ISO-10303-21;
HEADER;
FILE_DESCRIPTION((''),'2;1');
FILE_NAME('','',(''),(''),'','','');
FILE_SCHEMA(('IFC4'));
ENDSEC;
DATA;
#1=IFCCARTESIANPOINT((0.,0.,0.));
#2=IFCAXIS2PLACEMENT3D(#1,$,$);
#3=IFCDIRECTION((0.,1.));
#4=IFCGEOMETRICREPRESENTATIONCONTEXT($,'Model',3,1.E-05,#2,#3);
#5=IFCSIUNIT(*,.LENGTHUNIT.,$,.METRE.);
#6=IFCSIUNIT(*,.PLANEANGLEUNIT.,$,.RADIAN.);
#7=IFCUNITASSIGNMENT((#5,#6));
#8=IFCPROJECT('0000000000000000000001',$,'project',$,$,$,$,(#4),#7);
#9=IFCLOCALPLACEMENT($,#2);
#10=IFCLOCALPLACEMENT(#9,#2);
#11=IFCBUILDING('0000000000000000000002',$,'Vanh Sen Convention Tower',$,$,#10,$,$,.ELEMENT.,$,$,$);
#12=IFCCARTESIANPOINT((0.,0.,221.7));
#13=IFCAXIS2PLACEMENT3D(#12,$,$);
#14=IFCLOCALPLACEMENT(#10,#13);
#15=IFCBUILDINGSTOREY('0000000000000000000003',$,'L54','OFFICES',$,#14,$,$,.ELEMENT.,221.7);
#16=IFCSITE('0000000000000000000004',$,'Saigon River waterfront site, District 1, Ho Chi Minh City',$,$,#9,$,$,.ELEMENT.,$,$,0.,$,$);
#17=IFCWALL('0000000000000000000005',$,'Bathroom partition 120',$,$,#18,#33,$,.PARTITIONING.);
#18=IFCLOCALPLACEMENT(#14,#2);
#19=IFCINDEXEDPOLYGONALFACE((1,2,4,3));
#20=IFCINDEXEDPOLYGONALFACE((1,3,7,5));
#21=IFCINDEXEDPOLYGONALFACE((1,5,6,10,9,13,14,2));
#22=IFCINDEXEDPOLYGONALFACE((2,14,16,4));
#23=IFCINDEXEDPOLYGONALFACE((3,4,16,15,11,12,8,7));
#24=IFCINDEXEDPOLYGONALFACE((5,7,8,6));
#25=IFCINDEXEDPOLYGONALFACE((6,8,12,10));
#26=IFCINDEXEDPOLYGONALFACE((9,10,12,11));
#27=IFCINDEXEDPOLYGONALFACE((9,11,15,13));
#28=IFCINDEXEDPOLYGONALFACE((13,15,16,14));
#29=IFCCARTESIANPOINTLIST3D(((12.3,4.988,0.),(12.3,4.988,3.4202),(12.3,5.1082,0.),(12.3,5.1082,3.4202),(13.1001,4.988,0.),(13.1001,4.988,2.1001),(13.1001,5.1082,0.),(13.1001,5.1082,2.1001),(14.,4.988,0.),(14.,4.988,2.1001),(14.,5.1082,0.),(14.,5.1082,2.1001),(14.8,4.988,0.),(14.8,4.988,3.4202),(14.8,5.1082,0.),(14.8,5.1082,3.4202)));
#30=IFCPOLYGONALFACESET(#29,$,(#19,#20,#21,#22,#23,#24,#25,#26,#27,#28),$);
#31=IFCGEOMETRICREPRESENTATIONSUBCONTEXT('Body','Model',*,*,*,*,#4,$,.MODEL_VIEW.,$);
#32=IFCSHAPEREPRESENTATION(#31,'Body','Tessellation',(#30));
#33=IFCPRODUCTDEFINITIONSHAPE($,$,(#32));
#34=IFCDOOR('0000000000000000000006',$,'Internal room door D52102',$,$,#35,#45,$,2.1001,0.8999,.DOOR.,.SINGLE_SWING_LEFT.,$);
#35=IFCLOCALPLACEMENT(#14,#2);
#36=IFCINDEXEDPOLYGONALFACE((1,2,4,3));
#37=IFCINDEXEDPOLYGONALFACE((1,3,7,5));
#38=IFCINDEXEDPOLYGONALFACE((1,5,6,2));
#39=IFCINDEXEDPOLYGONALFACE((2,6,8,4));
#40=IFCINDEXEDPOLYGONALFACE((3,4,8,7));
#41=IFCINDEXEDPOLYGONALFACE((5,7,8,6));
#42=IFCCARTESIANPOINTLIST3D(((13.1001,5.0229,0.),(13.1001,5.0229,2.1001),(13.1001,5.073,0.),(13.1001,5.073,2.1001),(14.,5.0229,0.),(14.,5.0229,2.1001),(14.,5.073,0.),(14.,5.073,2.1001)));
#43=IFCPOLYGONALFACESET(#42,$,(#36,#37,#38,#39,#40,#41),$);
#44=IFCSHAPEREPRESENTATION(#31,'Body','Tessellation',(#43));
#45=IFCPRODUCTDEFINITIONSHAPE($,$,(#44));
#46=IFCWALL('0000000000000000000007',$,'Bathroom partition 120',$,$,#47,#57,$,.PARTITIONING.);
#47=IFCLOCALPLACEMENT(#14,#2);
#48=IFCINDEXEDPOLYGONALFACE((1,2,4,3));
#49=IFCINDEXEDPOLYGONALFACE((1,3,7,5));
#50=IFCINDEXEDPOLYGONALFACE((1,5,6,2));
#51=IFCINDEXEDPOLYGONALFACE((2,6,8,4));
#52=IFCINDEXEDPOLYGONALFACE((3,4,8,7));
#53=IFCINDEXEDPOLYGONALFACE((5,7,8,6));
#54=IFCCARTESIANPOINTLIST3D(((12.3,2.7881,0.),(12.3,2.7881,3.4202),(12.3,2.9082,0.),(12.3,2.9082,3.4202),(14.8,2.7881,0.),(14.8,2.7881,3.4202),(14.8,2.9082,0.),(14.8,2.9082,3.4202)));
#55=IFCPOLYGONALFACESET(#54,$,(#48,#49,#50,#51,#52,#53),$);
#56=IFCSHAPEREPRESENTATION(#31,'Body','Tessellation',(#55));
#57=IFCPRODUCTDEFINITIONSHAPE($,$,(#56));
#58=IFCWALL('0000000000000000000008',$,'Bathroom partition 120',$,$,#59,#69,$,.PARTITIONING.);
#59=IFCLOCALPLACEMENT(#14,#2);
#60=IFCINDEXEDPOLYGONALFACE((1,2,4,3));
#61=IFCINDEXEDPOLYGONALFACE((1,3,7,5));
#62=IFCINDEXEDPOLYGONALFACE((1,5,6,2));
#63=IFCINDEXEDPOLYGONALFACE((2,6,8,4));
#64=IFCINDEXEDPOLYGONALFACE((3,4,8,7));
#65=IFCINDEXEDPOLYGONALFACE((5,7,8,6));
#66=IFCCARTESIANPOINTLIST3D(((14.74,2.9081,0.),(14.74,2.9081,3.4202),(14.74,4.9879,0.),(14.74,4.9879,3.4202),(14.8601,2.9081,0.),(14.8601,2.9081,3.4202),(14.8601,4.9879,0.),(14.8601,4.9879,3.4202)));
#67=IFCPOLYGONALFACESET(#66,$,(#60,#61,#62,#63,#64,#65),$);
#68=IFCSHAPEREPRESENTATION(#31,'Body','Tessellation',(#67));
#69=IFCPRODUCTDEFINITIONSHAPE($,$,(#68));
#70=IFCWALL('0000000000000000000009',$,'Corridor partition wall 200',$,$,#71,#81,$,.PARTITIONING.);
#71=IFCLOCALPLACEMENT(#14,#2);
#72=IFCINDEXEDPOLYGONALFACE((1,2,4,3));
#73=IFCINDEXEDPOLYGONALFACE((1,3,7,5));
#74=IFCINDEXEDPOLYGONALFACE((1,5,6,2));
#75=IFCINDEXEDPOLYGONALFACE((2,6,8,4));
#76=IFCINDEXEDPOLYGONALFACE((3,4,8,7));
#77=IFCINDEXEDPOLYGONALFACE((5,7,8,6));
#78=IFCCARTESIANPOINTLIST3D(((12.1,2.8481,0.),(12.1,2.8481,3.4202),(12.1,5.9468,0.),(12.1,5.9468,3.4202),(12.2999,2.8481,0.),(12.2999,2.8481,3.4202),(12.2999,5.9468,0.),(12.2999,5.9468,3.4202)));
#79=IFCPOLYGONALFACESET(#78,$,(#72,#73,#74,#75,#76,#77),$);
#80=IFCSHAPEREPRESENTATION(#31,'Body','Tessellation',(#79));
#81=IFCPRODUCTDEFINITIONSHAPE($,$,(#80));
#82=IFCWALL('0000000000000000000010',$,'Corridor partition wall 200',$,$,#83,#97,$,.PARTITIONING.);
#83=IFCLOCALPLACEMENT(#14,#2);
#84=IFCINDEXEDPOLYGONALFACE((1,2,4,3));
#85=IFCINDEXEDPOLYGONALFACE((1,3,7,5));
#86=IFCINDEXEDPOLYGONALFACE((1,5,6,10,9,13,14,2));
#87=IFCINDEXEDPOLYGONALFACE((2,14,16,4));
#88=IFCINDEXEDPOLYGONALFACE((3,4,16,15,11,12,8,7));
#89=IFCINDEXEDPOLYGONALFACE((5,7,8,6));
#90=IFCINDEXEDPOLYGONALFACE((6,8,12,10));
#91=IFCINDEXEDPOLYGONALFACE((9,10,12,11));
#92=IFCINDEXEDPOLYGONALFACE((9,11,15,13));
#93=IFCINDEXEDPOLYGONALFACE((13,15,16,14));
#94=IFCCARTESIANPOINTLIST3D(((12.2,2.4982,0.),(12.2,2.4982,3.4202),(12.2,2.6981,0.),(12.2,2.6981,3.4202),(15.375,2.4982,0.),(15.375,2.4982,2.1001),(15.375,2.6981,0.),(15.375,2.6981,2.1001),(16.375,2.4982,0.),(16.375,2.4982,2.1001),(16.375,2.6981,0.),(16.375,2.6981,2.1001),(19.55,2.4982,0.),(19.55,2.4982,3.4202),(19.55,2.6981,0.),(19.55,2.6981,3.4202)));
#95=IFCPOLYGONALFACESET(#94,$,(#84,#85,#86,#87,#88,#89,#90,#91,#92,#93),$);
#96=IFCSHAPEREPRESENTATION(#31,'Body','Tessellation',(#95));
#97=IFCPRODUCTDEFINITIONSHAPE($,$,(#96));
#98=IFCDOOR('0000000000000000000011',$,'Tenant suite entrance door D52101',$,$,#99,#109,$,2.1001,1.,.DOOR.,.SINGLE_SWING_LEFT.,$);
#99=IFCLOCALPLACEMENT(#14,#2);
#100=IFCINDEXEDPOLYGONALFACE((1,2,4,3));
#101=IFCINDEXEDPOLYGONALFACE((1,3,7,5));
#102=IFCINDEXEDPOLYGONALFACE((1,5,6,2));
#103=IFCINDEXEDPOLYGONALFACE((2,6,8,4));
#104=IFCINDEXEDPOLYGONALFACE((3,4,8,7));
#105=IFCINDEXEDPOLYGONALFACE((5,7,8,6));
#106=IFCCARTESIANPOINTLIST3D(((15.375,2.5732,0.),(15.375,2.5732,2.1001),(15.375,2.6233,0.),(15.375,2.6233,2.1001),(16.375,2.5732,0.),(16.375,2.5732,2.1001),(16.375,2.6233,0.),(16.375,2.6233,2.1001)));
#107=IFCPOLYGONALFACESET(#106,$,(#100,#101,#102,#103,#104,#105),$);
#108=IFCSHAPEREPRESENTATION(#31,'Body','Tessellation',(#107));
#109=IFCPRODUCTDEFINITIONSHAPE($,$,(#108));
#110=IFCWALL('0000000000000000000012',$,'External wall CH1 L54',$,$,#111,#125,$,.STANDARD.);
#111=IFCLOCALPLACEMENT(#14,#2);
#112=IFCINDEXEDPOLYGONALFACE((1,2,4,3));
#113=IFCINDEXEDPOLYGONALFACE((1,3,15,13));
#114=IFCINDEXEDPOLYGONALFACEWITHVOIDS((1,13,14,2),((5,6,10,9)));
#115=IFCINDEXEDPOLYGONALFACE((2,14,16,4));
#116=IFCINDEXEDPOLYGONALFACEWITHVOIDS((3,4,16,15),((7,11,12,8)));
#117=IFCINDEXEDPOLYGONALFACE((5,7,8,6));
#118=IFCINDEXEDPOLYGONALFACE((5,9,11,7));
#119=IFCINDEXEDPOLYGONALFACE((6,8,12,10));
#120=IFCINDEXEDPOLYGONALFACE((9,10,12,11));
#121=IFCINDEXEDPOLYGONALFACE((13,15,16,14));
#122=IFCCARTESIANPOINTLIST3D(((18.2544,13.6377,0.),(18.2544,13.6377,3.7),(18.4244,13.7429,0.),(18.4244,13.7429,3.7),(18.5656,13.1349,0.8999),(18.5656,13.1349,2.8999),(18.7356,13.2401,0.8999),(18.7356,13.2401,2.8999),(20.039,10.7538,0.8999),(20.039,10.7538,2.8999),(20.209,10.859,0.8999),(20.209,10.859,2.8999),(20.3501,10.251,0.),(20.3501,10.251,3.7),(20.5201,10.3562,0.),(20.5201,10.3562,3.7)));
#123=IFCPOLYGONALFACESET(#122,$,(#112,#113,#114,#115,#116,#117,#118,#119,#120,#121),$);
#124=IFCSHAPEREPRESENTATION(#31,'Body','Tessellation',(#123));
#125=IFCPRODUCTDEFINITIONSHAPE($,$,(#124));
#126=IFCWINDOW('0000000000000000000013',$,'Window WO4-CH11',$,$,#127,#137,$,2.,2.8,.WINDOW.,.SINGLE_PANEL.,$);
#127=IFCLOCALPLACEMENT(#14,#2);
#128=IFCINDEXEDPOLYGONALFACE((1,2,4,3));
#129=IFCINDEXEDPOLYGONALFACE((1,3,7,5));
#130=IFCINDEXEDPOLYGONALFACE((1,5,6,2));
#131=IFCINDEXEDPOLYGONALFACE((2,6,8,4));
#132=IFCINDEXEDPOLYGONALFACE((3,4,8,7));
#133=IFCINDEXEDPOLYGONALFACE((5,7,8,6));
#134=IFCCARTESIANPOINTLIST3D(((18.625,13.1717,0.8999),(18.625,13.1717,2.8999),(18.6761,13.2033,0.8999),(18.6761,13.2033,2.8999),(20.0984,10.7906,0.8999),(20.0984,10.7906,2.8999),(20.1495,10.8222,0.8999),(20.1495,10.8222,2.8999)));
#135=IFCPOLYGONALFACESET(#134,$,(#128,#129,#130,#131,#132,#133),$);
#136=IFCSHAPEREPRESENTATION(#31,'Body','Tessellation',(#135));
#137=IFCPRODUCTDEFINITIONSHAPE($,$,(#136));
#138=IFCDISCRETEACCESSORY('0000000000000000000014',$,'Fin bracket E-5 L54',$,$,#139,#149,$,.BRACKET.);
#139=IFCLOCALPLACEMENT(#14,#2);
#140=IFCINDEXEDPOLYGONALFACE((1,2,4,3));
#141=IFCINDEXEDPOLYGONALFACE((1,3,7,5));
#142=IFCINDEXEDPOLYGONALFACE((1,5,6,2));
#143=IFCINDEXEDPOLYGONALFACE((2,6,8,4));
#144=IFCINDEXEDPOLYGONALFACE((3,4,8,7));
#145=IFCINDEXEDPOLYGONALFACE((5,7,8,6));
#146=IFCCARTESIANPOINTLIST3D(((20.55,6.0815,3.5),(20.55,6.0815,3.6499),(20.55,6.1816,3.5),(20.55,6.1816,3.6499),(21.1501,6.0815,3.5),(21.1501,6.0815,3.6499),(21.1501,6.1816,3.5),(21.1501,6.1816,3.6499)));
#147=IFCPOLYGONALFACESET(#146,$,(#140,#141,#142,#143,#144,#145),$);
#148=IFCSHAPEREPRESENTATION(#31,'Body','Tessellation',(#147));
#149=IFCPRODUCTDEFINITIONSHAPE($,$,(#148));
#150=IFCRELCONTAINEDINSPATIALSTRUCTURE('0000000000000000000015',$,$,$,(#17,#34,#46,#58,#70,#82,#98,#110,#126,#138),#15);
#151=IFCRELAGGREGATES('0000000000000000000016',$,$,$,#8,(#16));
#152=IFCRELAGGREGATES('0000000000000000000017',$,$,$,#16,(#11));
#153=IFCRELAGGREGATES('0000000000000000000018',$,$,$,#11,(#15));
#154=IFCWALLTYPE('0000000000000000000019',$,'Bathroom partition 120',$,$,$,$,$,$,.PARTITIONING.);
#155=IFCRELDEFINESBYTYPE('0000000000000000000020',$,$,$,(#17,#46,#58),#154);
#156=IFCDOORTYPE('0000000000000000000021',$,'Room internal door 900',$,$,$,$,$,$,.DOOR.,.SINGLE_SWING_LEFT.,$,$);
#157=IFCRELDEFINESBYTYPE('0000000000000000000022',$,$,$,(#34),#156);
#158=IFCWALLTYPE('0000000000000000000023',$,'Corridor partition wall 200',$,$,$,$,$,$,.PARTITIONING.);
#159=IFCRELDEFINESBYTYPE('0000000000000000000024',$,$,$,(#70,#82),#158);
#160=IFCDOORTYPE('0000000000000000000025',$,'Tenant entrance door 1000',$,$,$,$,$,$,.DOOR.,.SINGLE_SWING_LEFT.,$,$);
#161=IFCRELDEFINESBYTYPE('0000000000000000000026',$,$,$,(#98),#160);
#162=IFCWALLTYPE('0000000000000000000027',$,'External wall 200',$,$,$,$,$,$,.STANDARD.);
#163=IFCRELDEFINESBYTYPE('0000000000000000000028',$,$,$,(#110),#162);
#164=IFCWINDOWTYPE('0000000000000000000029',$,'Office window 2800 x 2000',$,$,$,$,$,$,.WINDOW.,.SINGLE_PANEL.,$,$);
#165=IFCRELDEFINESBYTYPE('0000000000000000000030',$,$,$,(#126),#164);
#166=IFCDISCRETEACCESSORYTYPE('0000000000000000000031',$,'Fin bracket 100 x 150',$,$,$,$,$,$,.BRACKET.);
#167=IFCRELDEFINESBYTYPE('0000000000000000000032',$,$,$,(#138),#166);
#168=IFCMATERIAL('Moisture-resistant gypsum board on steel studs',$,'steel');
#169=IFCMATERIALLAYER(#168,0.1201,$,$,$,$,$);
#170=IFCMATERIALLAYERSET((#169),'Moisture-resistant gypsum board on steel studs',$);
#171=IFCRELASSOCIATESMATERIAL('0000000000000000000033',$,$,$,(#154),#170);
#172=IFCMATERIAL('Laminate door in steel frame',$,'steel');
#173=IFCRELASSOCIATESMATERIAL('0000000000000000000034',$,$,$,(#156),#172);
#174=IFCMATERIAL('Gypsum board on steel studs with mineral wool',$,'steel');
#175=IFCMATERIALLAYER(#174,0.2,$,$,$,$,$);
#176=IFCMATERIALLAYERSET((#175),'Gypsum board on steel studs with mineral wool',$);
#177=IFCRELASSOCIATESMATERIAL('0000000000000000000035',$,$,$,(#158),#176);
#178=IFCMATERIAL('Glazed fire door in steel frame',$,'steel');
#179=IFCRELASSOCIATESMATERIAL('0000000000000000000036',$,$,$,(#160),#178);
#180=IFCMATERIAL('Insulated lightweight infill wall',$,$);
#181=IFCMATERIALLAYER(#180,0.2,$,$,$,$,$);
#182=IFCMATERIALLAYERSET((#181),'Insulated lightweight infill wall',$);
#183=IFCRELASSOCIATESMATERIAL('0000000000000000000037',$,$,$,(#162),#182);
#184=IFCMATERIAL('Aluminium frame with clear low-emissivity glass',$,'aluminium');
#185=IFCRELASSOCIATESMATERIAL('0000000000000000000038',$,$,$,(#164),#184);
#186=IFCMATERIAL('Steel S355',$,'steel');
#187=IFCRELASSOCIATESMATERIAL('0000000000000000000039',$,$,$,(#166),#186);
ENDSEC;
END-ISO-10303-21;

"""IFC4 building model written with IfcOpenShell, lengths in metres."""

from ifc_helpers import new_model, si_unit, direction, frame, frame_2d, origin, origin_2d, place, context, subcontext, project, spatial, rectangle, extrude, material, layer, layer_set, type_object, element, fill, save


model = new_model("IFC4")

# Units and contexts
model_context = context("Model", 3, precision=1e-05, world=origin(), true_north=direction((0.0, 1.0)))
body_context = subcontext(model_context, "Body", "Model", "MODEL_VIEW")
ifc_project = project(units=[si_unit("LENGTHUNIT", "METRE"), si_unit("PLANEANGLEUNIT", "RADIAN")], contexts=[model_context])

# Site, building, storey
site_placement = place(None, origin())
site = spatial("IfcSite", under=ifc_project, at=site_placement, Name="Saigon River waterfront site, District 1, Ho Chi Minh City", CompositionType="ELEMENT", RefElevation=0.0)
building_placement = place(site_placement, origin())
building = spatial("IfcBuilding", under=site, at=building_placement, Name="Vanh Sen Convention Tower", CompositionType="ELEMENT")
storey_placement = place(building_placement, frame((0.0, 0.0, 221.7)))
storey = spatial("IfcBuildingStorey", under=building, at=storey_placement, Name="L54", Description="OFFICES", CompositionType="ELEMENT", Elevation=221.7)

# Wall, opening, door
ifc_material_1 = material(Name="Moisture-resistant gypsum board on steel studs", Category="steel")
ifc_layer_1 = layer(ifc_material_1, 0.1201)
ifc_layer_set_1 = layer_set([ifc_layer_1], Name="Moisture-resistant gypsum board on steel studs")
wall_type_1 = type_object("IfcWallType", Name="Bathroom partition 120", PredefinedType="PARTITIONING", material=ifc_layer_set_1)
wall_1_placement = place(storey_placement, frame((12.3, 5.0481, 0.0), z_axis=(0.0, 0.0, 1.0), x_axis=(1.0, 0.0, 0.0)))
wall_1 = element("IfcWall", 1, at=wall_1_placement, inside=storey, type_object=wall_type_1, Name="Bathroom partition 120", PredefinedType="PARTITIONING", context=body_context, shape_type="SweptSolid", body=[
    extrude(rectangle(XDim=2.5, YDim=0.1201, at=frame_2d((1.25, 0.0))), origin(), (0.0, 0.0, 1.0), 3.4202),
])
opening_1_placement = place(wall_1_placement, frame((0.8, 0.0, 0.0)))
opening_1 = element("IfcOpeningElement", 2, at=opening_1_placement, cuts=wall_1, PredefinedType="OPENING", context=body_context, shape_type="SweptSolid", body=[
    extrude(rectangle(XDim=0.8999, YDim=2.1001, at=frame_2d((0.45, 1.05))), frame((0.0, 0.0701, 0.0), z_axis=(0.0, -1.0, 0.0), x_axis=(1.0, 0.0, 0.0)), (0.0, 0.0, 1.0), 0.1401),
])
ifc_material_2 = material(Name="Laminate door in steel frame", Category="steel")
door_type_1 = type_object("IfcDoorType", Name="Room internal door 900", OperationType="SINGLE_SWING_LEFT", PredefinedType="DOOR", material=ifc_material_2)
door_1_placement = place(opening_1_placement, origin())
door_1 = element("IfcDoor", 3, at=door_1_placement, inside=storey, type_object=door_type_1, Name="Internal room door D52102", OperationType="SINGLE_SWING_LEFT", OverallHeight=2.1001, OverallWidth=0.8999, PredefinedType="DOOR", context=body_context, shape_type="SweptSolid", body=[
    extrude(rectangle(XDim=0.8999, YDim=2.1001, at=frame_2d((0.45, 1.05))), frame((0.0, 0.0249, 0.0), z_axis=(0.0, -1.0, 0.0), x_axis=(1.0, 0.0, 0.0)), (0.0, 0.0, 1.0), 0.05),
])
fill(opening_1, door_1)

# Walls
wall_2_placement = place(storey_placement, frame((14.8, 2.8481, 0.0), z_axis=(0.0, 0.0, 1.0), x_axis=(-1.0, 0.0, 0.0)))
element("IfcWall", 4, at=wall_2_placement, inside=storey, type_object=wall_type_1, Name="Bathroom partition 120", PredefinedType="PARTITIONING", context=body_context, shape_type="SweptSolid", body=[
    extrude(rectangle(XDim=2.5, YDim=0.1201, at=frame_2d((1.25, 0.0))), origin(), (0.0, 0.0, 1.0), 3.4202),
])
wall_3_placement = place(storey_placement, frame((14.8, 4.988, 0.0), z_axis=(0.0, 0.0, 1.0), x_axis=(0.0, -1.0, 0.0)))
element("IfcWall", 5, at=wall_3_placement, inside=storey, type_object=wall_type_1, Name="Bathroom partition 120", PredefinedType="PARTITIONING", context=body_context, shape_type="SweptSolid", body=[
    extrude(rectangle(XDim=2.0798, YDim=0.1201, at=frame_2d((1.04, 0.0))), origin(), (0.0, 0.0, 1.0), 3.4202),
])
ifc_material_3 = material(Name="Gypsum board on steel studs with mineral wool", Category="steel")
ifc_layer_2 = layer(ifc_material_3, 0.2)
ifc_layer_set_2 = layer_set([ifc_layer_2], Name="Gypsum board on steel studs with mineral wool")
wall_type_2 = type_object("IfcWallType", Name="Corridor partition wall 200", PredefinedType="PARTITIONING", material=ifc_layer_set_2)
wall_4_placement = place(storey_placement, frame((12.2, 2.8481, 0.0), z_axis=(0.0, 0.0, 1.0), x_axis=(0.0, 1.0, 0.0)))
element("IfcWall", 6, at=wall_4_placement, inside=storey, type_object=wall_type_2, Name="Corridor partition wall 200", PredefinedType="PARTITIONING", context=body_context, shape_type="SweptSolid", body=[
    extrude(rectangle(XDim=3.0986, YDim=0.2, at=frame_2d((1.5493, 0.0))), origin(), (0.0, 0.0, 1.0), 3.4202),
])

# Wall, opening, door
wall_5_placement = place(storey_placement, frame((19.55, 2.5981, 0.0), z_axis=(0.0, 0.0, 1.0), x_axis=(-1.0, 0.0, 0.0)))
wall_5 = element("IfcWall", 7, at=wall_5_placement, inside=storey, type_object=wall_type_2, Name="Corridor partition wall 200", PredefinedType="PARTITIONING", context=body_context, shape_type="SweptSolid", body=[
    extrude(rectangle(XDim=7.3501, YDim=0.2, at=frame_2d((3.675, 0.0))), origin(), (0.0, 0.0, 1.0), 3.4202),
])
opening_2_placement = place(wall_5_placement, frame((3.175, 0.0, 0.0)))
opening_2 = element("IfcOpeningElement", 8, at=opening_2_placement, cuts=wall_5, PredefinedType="OPENING", context=body_context, shape_type="SweptSolid", body=[
    extrude(rectangle(XDim=1.0, YDim=2.1001, at=frame_2d((0.5, 1.05))), frame((0.0, 0.1099, 0.0), z_axis=(0.0, -1.0, 0.0), x_axis=(1.0, 0.0, 0.0)), (0.0, 0.0, 1.0), 0.22),
])
ifc_material_4 = material(Name="Glazed fire door in steel frame", Category="steel")
door_type_2 = type_object("IfcDoorType", Name="Tenant entrance door 1000", OperationType="SINGLE_SWING_LEFT", PredefinedType="DOOR", material=ifc_material_4)
door_2_placement = place(opening_2_placement, origin())
door_2 = element("IfcDoor", 9, at=door_2_placement, inside=storey, type_object=door_type_2, Name="Tenant suite entrance door D52101", OperationType="SINGLE_SWING_LEFT", OverallHeight=2.1001, OverallWidth=1.0, PredefinedType="DOOR", context=body_context, shape_type="SweptSolid", body=[
    extrude(rectangle(XDim=1.0, YDim=2.1001, at=frame_2d((0.5, 1.05))), frame((0.0, 0.0249, 0.0), z_axis=(0.0, -1.0, 0.0), x_axis=(1.0, 0.0, 0.0)), (0.0, 0.0, 1.0), 0.05),
])
fill(opening_2, door_2)

# Wall, opening, window
ifc_material_5 = material(Name="Insulated lightweight infill wall")
ifc_layer_3 = layer(ifc_material_5, 0.2)
ifc_layer_set_3 = layer_set([ifc_layer_3], Name="Insulated lightweight infill wall")
wall_type_3 = type_object("IfcWallType", Name="External wall 200", PredefinedType="STANDARD", material=ifc_layer_set_3)
wall_6_placement = place(storey_placement, frame((20.4351, 10.3037, 0.0), z_axis=(0.0, 0.0, 1.0), x_axis=(-0.526203, 0.850359, 0.0)))
wall_6 = element("IfcWall", 10, at=wall_6_placement, inside=storey, type_object=wall_type_3, Name="External wall CH1 L54", PredefinedType="STANDARD", context=body_context, shape_type="SweptSolid", body=[
    extrude(rectangle(XDim=3.9827, YDim=0.2, at=frame_2d((1.9912, 0.0))), origin(), (0.0, 0.0, 1.0), 3.7),
])
opening_3_placement = place(wall_6_placement, frame((0.5913, 0.0, 0.8999)))
opening_3 = element("IfcOpeningElement", 11, at=opening_3_placement, cuts=wall_6, PredefinedType="OPENING", context=body_context, shape_type="SweptSolid", body=[
    extrude(rectangle(XDim=2.8, YDim=2.0, at=frame_2d((1.3999, 1.0))), frame((0.0, 0.1099, 0.0), z_axis=(0.0, -1.0, 0.0), x_axis=(1.0, 0.0, 0.0)), (0.0, 0.0, 1.0), 0.22),
])
ifc_material_6 = material(Name="Aluminium frame with clear low-emissivity glass", Category="aluminium")
window_type = type_object("IfcWindowType", Name="Office window 2800 x 2000", PartitioningType="SINGLE_PANEL", PredefinedType="WINDOW", material=ifc_material_6)
window_placement = place(opening_3_placement, origin())
window = element("IfcWindow", 12, at=window_placement, inside=storey, type_object=window_type, Name="Window WO4-CH11", OverallHeight=2.0, OverallWidth=2.8, PartitioningType="SINGLE_PANEL", PredefinedType="WINDOW", context=body_context, shape_type="SweptSolid", body=[
    extrude(rectangle(XDim=2.8, YDim=2.0, at=frame_2d((1.3999, 1.0))), frame((0.0, 0.03, 0.0), z_axis=(0.0, -1.0, 0.0), x_axis=(1.0, 0.0, 0.0)), (0.0, 0.0, 1.0), 0.0601),
])
fill(opening_3, window)

# Discrete accessory
ifc_material_7 = material(Name="Steel S355", Category="steel")
discrete_accessory_type = type_object("IfcDiscreteAccessoryType", Name="Fin bracket 100 x 150", PredefinedType="BRACKET", material=ifc_material_7)
discrete_accessory_placement = place(storey_placement, frame((20.8501, 6.1316, 3.5), z_axis=(0.0, 0.0, 1.0), x_axis=(1.0, 0.0, 0.0)))
element("IfcDiscreteAccessory", 13, at=discrete_accessory_placement, inside=storey, type_object=discrete_accessory_type, Name="Fin bracket E-5 L54", PredefinedType="BRACKET", context=body_context, shape_type="SweptSolid", body=[
    extrude(rectangle(XDim=0.6001, YDim=0.1001, at=origin_2d()), origin(), (0.0, 0.0, 1.0), 0.1499),
])

save(model, "model.ifc")
